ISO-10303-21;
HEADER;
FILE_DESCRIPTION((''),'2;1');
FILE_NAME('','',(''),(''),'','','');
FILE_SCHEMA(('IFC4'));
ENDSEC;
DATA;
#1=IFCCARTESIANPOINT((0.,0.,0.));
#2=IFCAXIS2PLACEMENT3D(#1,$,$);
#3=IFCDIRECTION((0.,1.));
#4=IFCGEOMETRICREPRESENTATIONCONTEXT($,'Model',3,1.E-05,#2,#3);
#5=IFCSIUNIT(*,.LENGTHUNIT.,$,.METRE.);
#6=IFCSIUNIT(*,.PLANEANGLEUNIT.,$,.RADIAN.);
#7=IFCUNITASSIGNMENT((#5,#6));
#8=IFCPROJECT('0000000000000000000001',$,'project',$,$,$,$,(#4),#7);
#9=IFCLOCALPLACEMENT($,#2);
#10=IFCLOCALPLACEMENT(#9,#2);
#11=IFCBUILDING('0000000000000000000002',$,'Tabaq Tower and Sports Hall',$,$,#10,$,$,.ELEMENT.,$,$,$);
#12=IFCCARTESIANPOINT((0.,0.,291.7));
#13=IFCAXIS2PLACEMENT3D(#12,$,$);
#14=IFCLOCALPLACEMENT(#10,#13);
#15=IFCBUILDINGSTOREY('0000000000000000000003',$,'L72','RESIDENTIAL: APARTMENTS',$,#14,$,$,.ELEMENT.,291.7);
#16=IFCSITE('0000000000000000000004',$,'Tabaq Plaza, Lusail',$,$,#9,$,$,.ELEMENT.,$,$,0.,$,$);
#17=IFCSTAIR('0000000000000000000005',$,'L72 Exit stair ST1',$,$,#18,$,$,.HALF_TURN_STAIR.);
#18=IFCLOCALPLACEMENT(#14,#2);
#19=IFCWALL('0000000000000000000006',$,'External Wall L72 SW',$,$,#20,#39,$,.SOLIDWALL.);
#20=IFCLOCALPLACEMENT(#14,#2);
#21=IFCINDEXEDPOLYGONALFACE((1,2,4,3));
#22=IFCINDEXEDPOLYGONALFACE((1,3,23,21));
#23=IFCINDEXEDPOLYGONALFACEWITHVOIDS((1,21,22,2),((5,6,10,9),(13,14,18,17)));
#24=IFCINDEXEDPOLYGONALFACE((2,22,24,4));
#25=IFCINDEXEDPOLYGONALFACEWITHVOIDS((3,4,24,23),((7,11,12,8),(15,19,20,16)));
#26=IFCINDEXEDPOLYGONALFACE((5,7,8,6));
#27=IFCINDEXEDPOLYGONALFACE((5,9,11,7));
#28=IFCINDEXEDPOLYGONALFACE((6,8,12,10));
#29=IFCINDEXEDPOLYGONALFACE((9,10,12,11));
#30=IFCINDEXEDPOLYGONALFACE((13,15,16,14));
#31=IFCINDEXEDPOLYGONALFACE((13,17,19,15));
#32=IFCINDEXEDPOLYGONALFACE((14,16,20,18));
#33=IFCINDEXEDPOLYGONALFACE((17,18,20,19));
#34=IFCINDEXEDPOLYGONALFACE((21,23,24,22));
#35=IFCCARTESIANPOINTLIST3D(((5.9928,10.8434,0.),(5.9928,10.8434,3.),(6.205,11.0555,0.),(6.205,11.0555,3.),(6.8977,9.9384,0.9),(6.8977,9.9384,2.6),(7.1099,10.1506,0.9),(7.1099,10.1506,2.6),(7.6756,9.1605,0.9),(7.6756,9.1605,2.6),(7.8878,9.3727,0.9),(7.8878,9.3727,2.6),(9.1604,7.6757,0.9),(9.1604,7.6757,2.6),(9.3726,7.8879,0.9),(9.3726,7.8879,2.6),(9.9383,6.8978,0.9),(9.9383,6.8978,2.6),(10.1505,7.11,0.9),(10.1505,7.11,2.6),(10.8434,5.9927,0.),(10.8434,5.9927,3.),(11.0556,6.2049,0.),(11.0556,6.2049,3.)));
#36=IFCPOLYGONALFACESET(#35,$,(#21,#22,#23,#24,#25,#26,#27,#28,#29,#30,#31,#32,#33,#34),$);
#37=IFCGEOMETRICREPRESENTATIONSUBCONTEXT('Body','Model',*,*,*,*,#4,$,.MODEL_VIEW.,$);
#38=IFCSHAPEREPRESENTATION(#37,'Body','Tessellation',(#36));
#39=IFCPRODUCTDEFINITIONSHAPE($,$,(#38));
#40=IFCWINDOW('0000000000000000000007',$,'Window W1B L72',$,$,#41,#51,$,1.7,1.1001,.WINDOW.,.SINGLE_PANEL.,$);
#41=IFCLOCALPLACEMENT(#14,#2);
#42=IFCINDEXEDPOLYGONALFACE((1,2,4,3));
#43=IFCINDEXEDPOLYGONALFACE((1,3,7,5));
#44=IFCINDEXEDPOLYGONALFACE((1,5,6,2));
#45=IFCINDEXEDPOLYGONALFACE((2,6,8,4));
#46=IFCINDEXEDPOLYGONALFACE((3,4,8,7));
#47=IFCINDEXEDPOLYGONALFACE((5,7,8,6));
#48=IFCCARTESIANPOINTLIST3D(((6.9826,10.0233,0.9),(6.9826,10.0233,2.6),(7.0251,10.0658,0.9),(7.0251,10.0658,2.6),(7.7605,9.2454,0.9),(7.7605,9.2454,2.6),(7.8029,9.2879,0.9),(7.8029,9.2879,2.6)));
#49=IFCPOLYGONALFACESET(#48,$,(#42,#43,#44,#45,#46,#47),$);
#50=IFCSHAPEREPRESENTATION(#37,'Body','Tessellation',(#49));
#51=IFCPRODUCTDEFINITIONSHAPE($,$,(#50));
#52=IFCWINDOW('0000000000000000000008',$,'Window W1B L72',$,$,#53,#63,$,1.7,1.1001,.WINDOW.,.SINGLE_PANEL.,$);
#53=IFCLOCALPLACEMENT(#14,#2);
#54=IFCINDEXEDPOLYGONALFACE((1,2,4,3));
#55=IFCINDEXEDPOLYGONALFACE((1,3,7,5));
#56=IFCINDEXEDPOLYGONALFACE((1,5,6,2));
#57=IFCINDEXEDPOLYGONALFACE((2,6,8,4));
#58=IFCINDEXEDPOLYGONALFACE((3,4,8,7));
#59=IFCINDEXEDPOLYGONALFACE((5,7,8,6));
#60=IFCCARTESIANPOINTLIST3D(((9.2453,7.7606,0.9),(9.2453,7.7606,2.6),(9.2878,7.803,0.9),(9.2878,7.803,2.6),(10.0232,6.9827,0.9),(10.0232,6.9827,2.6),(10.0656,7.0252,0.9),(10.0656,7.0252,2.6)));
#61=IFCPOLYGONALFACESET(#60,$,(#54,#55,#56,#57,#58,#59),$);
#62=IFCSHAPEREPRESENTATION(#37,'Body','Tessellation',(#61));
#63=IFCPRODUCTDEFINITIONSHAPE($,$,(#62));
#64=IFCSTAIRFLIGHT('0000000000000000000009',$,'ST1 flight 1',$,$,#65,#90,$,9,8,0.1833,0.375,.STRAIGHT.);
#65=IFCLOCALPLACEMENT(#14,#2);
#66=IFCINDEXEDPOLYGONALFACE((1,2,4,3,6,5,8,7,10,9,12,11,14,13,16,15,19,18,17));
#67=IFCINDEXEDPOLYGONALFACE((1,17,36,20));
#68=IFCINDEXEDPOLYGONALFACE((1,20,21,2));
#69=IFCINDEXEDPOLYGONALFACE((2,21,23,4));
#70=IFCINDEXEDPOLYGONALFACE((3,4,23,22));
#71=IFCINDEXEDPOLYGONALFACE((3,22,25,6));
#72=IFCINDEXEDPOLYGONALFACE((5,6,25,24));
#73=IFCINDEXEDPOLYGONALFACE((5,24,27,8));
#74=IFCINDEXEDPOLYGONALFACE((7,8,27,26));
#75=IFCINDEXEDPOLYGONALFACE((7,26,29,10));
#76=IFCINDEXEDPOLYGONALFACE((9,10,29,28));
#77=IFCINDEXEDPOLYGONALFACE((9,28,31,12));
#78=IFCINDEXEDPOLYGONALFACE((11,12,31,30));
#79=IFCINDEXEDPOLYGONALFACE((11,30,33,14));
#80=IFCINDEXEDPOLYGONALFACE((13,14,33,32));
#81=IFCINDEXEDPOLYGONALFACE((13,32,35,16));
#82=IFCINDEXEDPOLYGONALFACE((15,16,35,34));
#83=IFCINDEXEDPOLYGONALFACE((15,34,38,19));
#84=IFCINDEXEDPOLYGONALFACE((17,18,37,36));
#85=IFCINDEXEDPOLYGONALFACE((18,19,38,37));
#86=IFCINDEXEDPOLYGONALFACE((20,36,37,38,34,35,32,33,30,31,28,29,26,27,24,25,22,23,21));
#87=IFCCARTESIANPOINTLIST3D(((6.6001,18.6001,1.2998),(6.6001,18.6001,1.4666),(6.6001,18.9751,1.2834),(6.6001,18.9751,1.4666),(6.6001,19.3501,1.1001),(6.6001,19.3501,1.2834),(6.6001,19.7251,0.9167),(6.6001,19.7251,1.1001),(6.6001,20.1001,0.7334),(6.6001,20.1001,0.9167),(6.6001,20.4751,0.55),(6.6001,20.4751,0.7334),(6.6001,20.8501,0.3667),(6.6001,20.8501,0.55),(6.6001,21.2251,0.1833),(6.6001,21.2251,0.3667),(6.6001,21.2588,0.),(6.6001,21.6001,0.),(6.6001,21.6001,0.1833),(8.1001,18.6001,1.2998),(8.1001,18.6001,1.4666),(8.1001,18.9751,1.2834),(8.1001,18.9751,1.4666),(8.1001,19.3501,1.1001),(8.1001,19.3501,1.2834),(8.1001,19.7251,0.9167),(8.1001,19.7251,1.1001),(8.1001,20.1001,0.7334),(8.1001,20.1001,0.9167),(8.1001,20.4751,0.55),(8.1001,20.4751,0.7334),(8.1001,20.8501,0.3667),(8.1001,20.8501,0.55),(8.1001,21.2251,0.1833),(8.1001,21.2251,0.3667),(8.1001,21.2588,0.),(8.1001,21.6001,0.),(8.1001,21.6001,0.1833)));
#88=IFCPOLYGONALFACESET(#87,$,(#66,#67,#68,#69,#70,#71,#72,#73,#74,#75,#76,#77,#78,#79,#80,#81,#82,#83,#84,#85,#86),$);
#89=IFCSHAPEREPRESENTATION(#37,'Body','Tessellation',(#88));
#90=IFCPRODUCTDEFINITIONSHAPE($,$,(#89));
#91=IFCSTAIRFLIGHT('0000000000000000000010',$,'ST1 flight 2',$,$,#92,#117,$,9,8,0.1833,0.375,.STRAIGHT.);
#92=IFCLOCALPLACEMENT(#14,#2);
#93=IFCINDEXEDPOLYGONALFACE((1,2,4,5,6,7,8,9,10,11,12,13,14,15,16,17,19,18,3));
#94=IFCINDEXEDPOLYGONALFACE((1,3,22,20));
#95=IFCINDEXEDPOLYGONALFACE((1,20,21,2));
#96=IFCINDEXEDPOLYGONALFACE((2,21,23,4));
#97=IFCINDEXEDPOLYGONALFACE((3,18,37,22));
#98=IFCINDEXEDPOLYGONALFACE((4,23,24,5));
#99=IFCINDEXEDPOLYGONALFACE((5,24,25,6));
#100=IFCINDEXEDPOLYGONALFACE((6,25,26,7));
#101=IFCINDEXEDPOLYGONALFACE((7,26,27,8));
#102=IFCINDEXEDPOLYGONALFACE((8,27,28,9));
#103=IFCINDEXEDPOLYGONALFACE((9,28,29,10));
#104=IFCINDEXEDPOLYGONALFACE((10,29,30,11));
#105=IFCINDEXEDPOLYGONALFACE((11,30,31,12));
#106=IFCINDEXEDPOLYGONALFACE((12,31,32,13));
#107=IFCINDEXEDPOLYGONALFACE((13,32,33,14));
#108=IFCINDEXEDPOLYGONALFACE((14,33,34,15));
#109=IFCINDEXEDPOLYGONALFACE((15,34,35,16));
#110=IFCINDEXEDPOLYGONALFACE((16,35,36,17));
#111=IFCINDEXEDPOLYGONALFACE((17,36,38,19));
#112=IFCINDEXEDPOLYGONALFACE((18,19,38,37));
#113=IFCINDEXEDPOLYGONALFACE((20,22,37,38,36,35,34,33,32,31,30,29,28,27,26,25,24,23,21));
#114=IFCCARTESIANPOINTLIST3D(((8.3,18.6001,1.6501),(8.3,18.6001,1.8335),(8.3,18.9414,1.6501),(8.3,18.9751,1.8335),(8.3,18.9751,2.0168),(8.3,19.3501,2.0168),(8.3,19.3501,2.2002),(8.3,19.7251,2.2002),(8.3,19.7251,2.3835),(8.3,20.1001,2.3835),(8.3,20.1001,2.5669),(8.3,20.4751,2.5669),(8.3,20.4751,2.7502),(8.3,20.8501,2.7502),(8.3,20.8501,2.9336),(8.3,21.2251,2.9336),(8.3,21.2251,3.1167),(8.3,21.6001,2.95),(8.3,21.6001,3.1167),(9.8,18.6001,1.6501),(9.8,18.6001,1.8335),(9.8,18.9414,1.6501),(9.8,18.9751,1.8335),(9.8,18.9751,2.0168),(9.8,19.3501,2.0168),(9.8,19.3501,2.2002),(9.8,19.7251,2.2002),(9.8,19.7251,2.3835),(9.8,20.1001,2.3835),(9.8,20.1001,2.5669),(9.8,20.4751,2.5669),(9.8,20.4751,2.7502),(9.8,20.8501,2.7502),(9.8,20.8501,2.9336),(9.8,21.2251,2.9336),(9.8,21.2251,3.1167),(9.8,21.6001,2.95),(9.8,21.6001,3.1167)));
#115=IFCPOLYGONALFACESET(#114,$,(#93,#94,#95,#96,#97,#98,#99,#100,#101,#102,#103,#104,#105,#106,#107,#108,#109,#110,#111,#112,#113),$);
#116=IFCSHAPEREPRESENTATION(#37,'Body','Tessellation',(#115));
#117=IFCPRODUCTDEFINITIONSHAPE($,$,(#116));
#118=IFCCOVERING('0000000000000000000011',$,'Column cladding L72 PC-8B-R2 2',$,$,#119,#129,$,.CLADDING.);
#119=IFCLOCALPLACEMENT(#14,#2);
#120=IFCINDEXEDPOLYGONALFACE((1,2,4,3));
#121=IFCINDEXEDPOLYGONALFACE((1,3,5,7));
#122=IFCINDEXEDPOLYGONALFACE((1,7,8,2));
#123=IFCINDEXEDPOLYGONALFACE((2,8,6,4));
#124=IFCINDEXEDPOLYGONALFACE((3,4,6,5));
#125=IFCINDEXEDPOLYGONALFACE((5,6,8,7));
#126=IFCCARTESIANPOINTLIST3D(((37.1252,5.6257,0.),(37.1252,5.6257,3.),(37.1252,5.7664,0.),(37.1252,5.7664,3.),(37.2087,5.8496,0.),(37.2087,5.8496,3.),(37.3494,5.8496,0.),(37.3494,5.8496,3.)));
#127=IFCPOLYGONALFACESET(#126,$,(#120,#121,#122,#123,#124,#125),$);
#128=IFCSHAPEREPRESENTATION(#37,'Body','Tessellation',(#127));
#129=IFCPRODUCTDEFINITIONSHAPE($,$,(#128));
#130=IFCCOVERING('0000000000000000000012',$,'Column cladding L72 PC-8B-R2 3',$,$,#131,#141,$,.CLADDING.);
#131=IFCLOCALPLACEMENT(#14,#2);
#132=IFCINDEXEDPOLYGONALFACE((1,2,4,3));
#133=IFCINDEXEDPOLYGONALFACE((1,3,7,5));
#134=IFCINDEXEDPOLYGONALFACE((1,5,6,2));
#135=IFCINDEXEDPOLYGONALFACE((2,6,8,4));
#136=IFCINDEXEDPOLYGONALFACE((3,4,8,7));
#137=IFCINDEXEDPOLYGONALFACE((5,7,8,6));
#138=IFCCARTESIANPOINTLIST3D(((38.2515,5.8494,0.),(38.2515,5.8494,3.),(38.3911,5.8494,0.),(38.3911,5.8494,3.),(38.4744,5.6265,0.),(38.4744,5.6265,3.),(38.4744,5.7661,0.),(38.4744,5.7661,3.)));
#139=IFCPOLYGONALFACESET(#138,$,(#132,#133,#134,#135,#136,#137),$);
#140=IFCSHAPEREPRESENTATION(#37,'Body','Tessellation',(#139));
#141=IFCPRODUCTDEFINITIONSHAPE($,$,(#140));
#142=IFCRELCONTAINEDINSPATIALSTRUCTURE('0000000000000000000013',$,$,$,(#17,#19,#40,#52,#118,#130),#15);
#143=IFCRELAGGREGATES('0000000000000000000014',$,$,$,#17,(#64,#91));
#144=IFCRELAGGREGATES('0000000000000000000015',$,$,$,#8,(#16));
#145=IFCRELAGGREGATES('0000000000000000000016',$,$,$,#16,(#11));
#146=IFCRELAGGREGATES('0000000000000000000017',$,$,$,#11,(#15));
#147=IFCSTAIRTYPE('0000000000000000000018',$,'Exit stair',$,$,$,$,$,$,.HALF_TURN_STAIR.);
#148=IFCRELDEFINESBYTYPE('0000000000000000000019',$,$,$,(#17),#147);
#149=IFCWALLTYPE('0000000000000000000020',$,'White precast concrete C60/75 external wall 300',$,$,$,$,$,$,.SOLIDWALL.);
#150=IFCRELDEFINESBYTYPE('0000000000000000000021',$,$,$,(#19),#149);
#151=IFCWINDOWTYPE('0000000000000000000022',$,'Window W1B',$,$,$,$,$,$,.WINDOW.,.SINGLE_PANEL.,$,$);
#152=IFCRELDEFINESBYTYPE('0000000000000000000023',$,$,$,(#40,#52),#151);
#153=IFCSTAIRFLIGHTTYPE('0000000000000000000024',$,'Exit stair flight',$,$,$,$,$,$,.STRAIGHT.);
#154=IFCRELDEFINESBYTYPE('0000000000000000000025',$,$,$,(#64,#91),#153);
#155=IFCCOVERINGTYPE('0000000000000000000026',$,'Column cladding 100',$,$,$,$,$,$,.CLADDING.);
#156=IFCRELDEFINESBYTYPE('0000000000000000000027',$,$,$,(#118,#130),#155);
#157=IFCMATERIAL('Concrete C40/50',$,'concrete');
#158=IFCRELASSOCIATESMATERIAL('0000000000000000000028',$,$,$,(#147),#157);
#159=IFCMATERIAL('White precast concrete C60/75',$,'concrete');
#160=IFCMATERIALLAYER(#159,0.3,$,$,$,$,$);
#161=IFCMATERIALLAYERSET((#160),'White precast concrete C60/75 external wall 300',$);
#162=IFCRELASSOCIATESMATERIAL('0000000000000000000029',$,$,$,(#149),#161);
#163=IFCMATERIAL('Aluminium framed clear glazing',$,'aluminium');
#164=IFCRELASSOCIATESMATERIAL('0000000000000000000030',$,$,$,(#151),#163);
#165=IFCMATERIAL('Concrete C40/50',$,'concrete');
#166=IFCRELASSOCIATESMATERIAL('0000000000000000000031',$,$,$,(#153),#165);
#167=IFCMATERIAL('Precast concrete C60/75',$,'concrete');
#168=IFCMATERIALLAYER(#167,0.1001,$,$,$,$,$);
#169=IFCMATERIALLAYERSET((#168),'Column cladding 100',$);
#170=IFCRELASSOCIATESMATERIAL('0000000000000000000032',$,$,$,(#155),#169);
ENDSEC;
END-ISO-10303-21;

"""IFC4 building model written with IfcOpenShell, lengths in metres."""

from ifc_helpers import new_model, si_unit, direction, frame, frame_2d, origin, place, context, subcontext, project, spatial, polyline, rectangle, outline, extrude, material, layer, layer_set, type_object, element, fill, aggregate, save


model = new_model("IFC4")

# Units and contexts
model_context = context("Model", 3, precision=1e-05, world=origin(), true_north=direction((0.0, 1.0)))
body_context = subcontext(model_context, "Body", "Model", "MODEL_VIEW")
ifc_project = project(units=[si_unit("LENGTHUNIT", "METRE"), si_unit("PLANEANGLEUNIT", "RADIAN")], contexts=[model_context])

# Site, building, storey
site_placement = place(None, origin())
site = spatial("IfcSite", under=ifc_project, at=site_placement, Name="Tabaq Plaza, Lusail", CompositionType="ELEMENT", RefElevation=0.0)
building_placement = place(site_placement, origin())
building = spatial("IfcBuilding", under=site, at=building_placement, Name="Tabaq Tower and Sports Hall", CompositionType="ELEMENT")
storey_placement = place(building_placement, frame((0.0, 0.0, 291.7)))
storey = spatial("IfcBuildingStorey", under=building, at=storey_placement, Name="L72", Description="RESIDENTIAL: APARTMENTS", CompositionType="ELEMENT", Elevation=291.7)

# Stair
ifc_material_1 = material(Name="Concrete C40/50", Category="concrete")
stair_type = type_object("IfcStairType", Name="Exit stair", PredefinedType="HALF_TURN_STAIR", material=ifc_material_1)
stair_1_placement = place(storey_placement, origin())
stair_1 = element("IfcStair", 1, at=stair_1_placement, inside=storey, type_object=stair_type, Name="L72 Exit stair ST1", PredefinedType="HALF_TURN_STAIR")

# Wall, openings, windows
ifc_material_2 = material(Name="White precast concrete C60/75", Category="concrete")
ifc_layer_1 = layer(ifc_material_2, 0.3)
ifc_layer_set_1 = layer_set([ifc_layer_1], Name="White precast concrete C60/75 external wall 300")
wall_type_1 = type_object("IfcWallType", Name="White precast concrete C60/75 external wall 300", PredefinedType="SOLIDWALL", material=ifc_layer_set_1)
ifc_material_3 = material(Name="Aluminium framed clear glazing", Category="aluminium")
window_type = type_object("IfcWindowType", Name="Window W1B", PartitioningType="SINGLE_PANEL", PredefinedType="WINDOW", material=ifc_material_3)
wall_1_placement = place(storey_placement, frame((6.0989, 10.9495, 0.0), z_axis=(0.0, 0.0, 1.0), x_axis=(0.707107, -0.707107, 0.0)))
wall_1 = element("IfcWall", 2, at=wall_1_placement, inside=storey, type_object=wall_type_1, Name="External Wall L72 SW", PredefinedType="SOLIDWALL", context=body_context, shape_type="SweptSolid", body=[
    extrude(rectangle(XDim=6.8599, YDim=0.3, at=frame_2d((3.4299, 0.0))), origin(), (0.0, 0.0, 1.0), 3.0),
])
opening_1_placement = place(wall_1_placement, frame((1.2798, 0.0, 0.8999)))
opening_1 = element("IfcOpeningElement", 3, at=opening_1_placement, cuts=wall_1, PredefinedType="OPENING", context=body_context, shape_type="SweptSolid", body=[
    extrude(rectangle(XDim=1.1001, YDim=1.7, at=frame_2d((0.55, 0.8501))), frame((0.0, 0.1602, 0.0), z_axis=(0.0, -1.0, 0.0), x_axis=(1.0, 0.0, 0.0)), (0.0, 0.0, 1.0), 0.3201),
])
opening_2_placement = place(wall_1_placement, frame((4.4797, 0.0, 0.8999)))
opening_2 = element("IfcOpeningElement", 4, at=opening_2_placement, cuts=wall_1, PredefinedType="OPENING", context=body_context, shape_type="SweptSolid", body=[
    extrude(rectangle(XDim=1.1001, YDim=1.7, at=frame_2d((0.55, 0.8501))), frame((0.0, 0.1602, 0.0), z_axis=(0.0, -1.0, 0.0), x_axis=(1.0, 0.0, 0.0)), (0.0, 0.0, 1.0), 0.3201),
])
window_1_placement = place(opening_1_placement, origin())
window_1 = element("IfcWindow", 5, at=window_1_placement, inside=storey, type_object=window_type, Name="Window W1B L72", OverallHeight=1.7, OverallWidth=1.1001, PartitioningType="SINGLE_PANEL", PredefinedType="WINDOW", context=body_context, shape_type="SweptSolid", body=[
    extrude(rectangle(XDim=1.1001, YDim=1.7, at=frame_2d((0.55, 0.8501))), frame((0.0, 0.03, 0.0), z_axis=(0.0, -1.0, 0.0), x_axis=(1.0, 0.0, 0.0)), (0.0, 0.0, 1.0), 0.0601),
])
fill(opening_1, window_1)
window_2_placement = place(opening_2_placement, origin())
window_2 = element("IfcWindow", 6, at=window_2_placement, inside=storey, type_object=window_type, Name="Window W1B L72", OverallHeight=1.7, OverallWidth=1.1001, PartitioningType="SINGLE_PANEL", PredefinedType="WINDOW", context=body_context, shape_type="SweptSolid", body=[
    extrude(rectangle(XDim=1.1001, YDim=1.7, at=frame_2d((0.55, 0.8501))), frame((0.0, 0.03, 0.0), z_axis=(0.0, -1.0, 0.0), x_axis=(1.0, 0.0, 0.0)), (0.0, 0.0, 1.0), 0.0601),
])
fill(opening_2, window_2)

# Stair flights
ifc_material_4 = material(Name="Concrete C40/50", Category="concrete")
stair_flight_type = type_object("IfcStairFlightType", Name="Exit stair flight", PredefinedType="STRAIGHT", material=ifc_material_4)
stair_flight_1_placement = place(storey_placement, frame((7.3501, 21.6001, 0.0), z_axis=(0.0, 0.0, 1.0), x_axis=(0.0, -1.0, 0.0)))
stair_flight_1 = element("IfcStairFlight", 7, at=stair_flight_1_placement, type_object=stair_flight_type, Name="ST1 flight 1", NumberOfRisers=9, NumberOfTreads=8, PredefinedType="STRAIGHT", RiserHeight=0.1833, TreadLength=0.375, context=body_context, shape_type="SweptSolid", body=[
    extrude(outline(polyline([(0.0, 0.0), (0.0, 0.1833), (0.375, 0.1833), (0.375, 0.3667), (0.75, 0.3667), (0.75, 0.55), (1.125, 0.55), (1.125, 0.7334), (1.5, 0.7334), (1.5, 0.9167), (1.875, 0.9167), (1.875, 1.1001), (2.25, 1.1001), (2.25, 1.2834), (2.625, 1.2834), (2.625, 1.4666), (3.0, 1.4666), (3.0, 1.6499), (3.0, 1.2998), (0.3413, 0.0), (0.0, 0.0)])), frame((0.0, 0.75, 0.0), z_axis=(0.0, -1.0, 0.0), x_axis=(1.0, 0.0, 0.0)), (0.0, 0.0, 1.0), 1.5),
])
stair_flight_2_placement = place(storey_placement, frame((9.05, 18.6001, 1.6501), z_axis=(0.0, 0.0, 1.0), x_axis=(0.0, 1.0, 0.0)))
stair_flight_2 = element("IfcStairFlight", 8, at=stair_flight_2_placement, type_object=stair_flight_type, Name="ST1 flight 2", NumberOfRisers=9, NumberOfTreads=8, PredefinedType="STRAIGHT", RiserHeight=0.1833, TreadLength=0.375, context=body_context, shape_type="SweptSolid", body=[
    extrude(outline(polyline([(0.0, 0.0), (0.0, 0.1833), (0.375, 0.1833), (0.375, 0.3667), (0.75, 0.3667), (0.75, 0.55), (1.125, 0.55), (1.125, 0.7334), (1.5, 0.7334), (1.5, 0.9167), (1.875, 0.9167), (1.875, 1.1001), (2.25, 1.1001), (2.25, 1.2834), (2.625, 1.2834), (2.625, 1.4666), (3.0, 1.4666), (3.0, 1.6499), (3.0, 1.2998), (0.3413, 0.0), (0.0, 0.0)])), frame((0.0, 0.75, 0.0), z_axis=(0.0, -1.0, 0.0), x_axis=(1.0, 0.0, 0.0)), (0.0, 0.0, 1.0), 1.5),
])
aggregate(stair_1, [stair_flight_1, stair_flight_2])

# Coverings
ifc_material_5 = material(Name="Precast concrete C60/75", Category="concrete")
ifc_layer_2 = layer(ifc_material_5, 0.1001)
ifc_layer_set_2 = layer_set([ifc_layer_2], Name="Column cladding 100")
covering_type_1 = type_object("IfcCoveringType", Name="Column cladding 100", PredefinedType="CLADDING", material=ifc_layer_set_2)
covering_1_placement = place(storey_placement, origin())
element("IfcCovering", 9, at=covering_1_placement, inside=storey, type_object=covering_type_1, Name="Column cladding L72 PC-8B-R2 2", PredefinedType="CLADDING", context=body_context, shape_type="SweptSolid", body=[
    extrude(outline(polyline([(37.2087, 5.8496), (37.3494, 5.8496), (37.1252, 5.6257), (37.1252, 5.7664), (37.2087, 5.8496)])), origin(), (0.0, 0.0, 1.0), 3.0),
])
covering_2_placement = place(storey_placement, origin())
element("IfcCovering", 10, at=covering_2_placement, inside=storey, type_object=covering_type_1, Name="Column cladding L72 PC-8B-R2 3", PredefinedType="CLADDING", context=body_context, shape_type="SweptSolid", body=[
    extrude(outline(polyline([(38.4744, 5.6265), (38.2515, 5.8494), (38.3911, 5.8494), (38.4744, 5.7661), (38.4744, 5.6265)])), origin(), (0.0, 0.0, 1.0), 3.0),
])

save(model, "model.ifc")
